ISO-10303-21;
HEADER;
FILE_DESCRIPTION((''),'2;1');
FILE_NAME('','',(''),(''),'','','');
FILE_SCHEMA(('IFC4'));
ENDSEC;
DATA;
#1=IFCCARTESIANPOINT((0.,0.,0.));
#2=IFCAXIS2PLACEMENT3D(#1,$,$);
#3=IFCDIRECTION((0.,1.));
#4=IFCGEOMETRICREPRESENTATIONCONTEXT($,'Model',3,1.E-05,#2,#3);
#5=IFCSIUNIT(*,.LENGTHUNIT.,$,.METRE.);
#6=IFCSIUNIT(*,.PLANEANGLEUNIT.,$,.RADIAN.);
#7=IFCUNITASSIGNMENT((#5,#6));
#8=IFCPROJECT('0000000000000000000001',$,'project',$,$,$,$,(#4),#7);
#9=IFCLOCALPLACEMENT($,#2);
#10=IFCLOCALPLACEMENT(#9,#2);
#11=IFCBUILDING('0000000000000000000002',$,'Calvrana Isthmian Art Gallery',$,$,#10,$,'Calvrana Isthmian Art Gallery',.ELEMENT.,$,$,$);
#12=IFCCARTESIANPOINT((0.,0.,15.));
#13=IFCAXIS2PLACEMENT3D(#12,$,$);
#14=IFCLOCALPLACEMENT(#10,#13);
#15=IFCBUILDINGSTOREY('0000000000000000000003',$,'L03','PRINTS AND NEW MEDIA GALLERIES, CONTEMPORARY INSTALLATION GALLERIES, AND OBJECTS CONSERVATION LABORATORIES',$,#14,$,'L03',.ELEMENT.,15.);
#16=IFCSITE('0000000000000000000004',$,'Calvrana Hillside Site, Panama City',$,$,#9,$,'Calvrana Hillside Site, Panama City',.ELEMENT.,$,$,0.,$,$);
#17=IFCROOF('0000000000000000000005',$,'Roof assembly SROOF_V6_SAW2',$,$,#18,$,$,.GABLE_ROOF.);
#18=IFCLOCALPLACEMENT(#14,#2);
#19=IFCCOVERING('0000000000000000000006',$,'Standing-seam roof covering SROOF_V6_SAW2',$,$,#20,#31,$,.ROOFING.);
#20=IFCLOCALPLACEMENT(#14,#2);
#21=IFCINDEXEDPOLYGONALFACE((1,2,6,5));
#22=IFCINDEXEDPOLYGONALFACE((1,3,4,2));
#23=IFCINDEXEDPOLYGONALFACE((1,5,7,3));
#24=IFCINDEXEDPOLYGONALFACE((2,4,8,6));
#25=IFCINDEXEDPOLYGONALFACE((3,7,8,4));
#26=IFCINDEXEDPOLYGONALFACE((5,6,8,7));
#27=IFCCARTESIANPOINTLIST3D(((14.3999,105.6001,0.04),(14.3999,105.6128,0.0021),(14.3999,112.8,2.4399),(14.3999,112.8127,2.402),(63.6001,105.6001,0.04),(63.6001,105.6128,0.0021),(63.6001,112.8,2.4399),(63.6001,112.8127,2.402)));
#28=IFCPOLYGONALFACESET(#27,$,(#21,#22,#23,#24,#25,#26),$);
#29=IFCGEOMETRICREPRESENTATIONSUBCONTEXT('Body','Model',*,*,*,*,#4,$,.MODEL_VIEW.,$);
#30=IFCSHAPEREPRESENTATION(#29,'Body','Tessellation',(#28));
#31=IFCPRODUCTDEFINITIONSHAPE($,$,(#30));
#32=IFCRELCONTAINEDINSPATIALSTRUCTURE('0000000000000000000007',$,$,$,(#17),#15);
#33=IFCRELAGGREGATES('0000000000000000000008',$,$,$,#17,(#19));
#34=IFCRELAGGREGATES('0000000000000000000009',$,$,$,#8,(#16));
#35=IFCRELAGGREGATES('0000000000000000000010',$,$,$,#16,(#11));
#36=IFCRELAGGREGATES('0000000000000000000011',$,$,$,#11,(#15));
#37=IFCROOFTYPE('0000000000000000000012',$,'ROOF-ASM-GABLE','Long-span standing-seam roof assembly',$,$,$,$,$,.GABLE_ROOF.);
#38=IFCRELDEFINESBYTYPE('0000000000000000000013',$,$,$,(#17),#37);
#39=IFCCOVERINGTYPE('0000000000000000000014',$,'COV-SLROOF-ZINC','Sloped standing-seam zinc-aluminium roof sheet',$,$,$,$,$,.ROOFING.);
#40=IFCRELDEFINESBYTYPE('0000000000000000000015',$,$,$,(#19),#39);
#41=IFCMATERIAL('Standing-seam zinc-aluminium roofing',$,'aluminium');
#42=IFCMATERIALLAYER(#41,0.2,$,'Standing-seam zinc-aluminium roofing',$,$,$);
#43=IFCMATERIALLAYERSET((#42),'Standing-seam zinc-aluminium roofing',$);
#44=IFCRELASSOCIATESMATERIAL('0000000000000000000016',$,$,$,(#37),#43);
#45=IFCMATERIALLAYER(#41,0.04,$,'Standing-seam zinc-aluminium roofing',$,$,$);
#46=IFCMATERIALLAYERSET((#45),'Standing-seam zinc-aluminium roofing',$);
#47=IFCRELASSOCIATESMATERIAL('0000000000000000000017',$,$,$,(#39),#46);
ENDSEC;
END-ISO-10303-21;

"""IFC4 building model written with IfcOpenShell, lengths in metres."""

from ifc_helpers import new_model, si_unit, direction, frame, origin, place, context, subcontext, project, spatial, polyline, outline, extrude, material, layer, layer_set, type_object, element, aggregate, save


model = new_model("IFC4")

# Units and contexts
model_context = context("Model", 3, precision=1e-05, world=origin(), true_north=direction((0.0, 1.0)))
body_context = subcontext(model_context, "Body", "Model", "MODEL_VIEW")
ifc_project = project(units=[si_unit("LENGTHUNIT", "METRE"), si_unit("PLANEANGLEUNIT", "RADIAN")], contexts=[model_context])

# Site, building, storey
site_placement = place(None, origin())
site = spatial("IfcSite", under=ifc_project, at=site_placement, Name="Calvrana Hillside Site, Panama City", LongName="Calvrana Hillside Site, Panama City", CompositionType="ELEMENT", RefElevation=0.0)
building_placement = place(site_placement, origin())
building = spatial("IfcBuilding", under=site, at=building_placement, Name="Calvrana Isthmian Art Gallery", LongName="Calvrana Isthmian Art Gallery", CompositionType="ELEMENT")
storey_placement = place(building_placement, frame((0.0, 0.0, 15.0)))
storey = spatial("IfcBuildingStorey", under=building, at=storey_placement, Name="L03", Description="PRINTS AND NEW MEDIA GALLERIES, CONTEMPORARY INSTALLATION GALLERIES, AND OBJECTS CONSERVATION LABORATORIES", LongName="L03", CompositionType="ELEMENT", Elevation=15.0)

# Roof, covering
ifc_material_1 = material(Name="Standing-seam zinc-aluminium roofing", Category="aluminium")
ifc_layer_1 = layer(ifc_material_1, 0.2, Name="Standing-seam zinc-aluminium roofing")
ifc_layer_set_1 = layer_set([ifc_layer_1], Name="Standing-seam zinc-aluminium roofing")
roof_type = type_object("IfcRoofType", Name="ROOF-ASM-GABLE", Description="Long-span standing-seam roof assembly", PredefinedType="GABLE_ROOF", material=ifc_layer_set_1)
ifc_layer_2 = layer(ifc_material_1, 0.04, Name="Standing-seam zinc-aluminium roofing")
ifc_layer_set_2 = layer_set([ifc_layer_2], Name="Standing-seam zinc-aluminium roofing")
covering_type = type_object("IfcCoveringType", Name="COV-SLROOF-ZINC", Description="Sloped standing-seam zinc-aluminium roof sheet", PredefinedType="ROOFING", material=ifc_layer_set_2)
roof_1_placement = place(storey_placement, origin())
roof_1 = element("IfcRoof", 1, at=roof_1_placement, inside=storey, type_object=roof_type, Name="Roof assembly SROOF_V6_SAW2", PredefinedType="GABLE_ROOF")
covering_1_placement = place(storey_placement, frame((14.3999, 105.6001, 0.04), z_axis=(0.0, -0.316218, 0.948687), x_axis=(1.0, 0.0, 0.0)))
covering_1 = element("IfcCovering", 2, at=covering_1_placement, type_object=covering_type, Name="Standing-seam roof covering SROOF_V6_SAW2", PredefinedType="ROOFING", context=body_context, shape_type="SweptSolid", body=[
    extrude(outline(polyline([(0.0, 0.0), (49.2002, 0.0), (49.2002, 7.5894), (0.0, 7.5894), (0.0, 0.0)])), origin(), (0.0, 0.0, -1.0), 0.04),
])
aggregate(roof_1, [covering_1])

save(model, "model.ifc")
